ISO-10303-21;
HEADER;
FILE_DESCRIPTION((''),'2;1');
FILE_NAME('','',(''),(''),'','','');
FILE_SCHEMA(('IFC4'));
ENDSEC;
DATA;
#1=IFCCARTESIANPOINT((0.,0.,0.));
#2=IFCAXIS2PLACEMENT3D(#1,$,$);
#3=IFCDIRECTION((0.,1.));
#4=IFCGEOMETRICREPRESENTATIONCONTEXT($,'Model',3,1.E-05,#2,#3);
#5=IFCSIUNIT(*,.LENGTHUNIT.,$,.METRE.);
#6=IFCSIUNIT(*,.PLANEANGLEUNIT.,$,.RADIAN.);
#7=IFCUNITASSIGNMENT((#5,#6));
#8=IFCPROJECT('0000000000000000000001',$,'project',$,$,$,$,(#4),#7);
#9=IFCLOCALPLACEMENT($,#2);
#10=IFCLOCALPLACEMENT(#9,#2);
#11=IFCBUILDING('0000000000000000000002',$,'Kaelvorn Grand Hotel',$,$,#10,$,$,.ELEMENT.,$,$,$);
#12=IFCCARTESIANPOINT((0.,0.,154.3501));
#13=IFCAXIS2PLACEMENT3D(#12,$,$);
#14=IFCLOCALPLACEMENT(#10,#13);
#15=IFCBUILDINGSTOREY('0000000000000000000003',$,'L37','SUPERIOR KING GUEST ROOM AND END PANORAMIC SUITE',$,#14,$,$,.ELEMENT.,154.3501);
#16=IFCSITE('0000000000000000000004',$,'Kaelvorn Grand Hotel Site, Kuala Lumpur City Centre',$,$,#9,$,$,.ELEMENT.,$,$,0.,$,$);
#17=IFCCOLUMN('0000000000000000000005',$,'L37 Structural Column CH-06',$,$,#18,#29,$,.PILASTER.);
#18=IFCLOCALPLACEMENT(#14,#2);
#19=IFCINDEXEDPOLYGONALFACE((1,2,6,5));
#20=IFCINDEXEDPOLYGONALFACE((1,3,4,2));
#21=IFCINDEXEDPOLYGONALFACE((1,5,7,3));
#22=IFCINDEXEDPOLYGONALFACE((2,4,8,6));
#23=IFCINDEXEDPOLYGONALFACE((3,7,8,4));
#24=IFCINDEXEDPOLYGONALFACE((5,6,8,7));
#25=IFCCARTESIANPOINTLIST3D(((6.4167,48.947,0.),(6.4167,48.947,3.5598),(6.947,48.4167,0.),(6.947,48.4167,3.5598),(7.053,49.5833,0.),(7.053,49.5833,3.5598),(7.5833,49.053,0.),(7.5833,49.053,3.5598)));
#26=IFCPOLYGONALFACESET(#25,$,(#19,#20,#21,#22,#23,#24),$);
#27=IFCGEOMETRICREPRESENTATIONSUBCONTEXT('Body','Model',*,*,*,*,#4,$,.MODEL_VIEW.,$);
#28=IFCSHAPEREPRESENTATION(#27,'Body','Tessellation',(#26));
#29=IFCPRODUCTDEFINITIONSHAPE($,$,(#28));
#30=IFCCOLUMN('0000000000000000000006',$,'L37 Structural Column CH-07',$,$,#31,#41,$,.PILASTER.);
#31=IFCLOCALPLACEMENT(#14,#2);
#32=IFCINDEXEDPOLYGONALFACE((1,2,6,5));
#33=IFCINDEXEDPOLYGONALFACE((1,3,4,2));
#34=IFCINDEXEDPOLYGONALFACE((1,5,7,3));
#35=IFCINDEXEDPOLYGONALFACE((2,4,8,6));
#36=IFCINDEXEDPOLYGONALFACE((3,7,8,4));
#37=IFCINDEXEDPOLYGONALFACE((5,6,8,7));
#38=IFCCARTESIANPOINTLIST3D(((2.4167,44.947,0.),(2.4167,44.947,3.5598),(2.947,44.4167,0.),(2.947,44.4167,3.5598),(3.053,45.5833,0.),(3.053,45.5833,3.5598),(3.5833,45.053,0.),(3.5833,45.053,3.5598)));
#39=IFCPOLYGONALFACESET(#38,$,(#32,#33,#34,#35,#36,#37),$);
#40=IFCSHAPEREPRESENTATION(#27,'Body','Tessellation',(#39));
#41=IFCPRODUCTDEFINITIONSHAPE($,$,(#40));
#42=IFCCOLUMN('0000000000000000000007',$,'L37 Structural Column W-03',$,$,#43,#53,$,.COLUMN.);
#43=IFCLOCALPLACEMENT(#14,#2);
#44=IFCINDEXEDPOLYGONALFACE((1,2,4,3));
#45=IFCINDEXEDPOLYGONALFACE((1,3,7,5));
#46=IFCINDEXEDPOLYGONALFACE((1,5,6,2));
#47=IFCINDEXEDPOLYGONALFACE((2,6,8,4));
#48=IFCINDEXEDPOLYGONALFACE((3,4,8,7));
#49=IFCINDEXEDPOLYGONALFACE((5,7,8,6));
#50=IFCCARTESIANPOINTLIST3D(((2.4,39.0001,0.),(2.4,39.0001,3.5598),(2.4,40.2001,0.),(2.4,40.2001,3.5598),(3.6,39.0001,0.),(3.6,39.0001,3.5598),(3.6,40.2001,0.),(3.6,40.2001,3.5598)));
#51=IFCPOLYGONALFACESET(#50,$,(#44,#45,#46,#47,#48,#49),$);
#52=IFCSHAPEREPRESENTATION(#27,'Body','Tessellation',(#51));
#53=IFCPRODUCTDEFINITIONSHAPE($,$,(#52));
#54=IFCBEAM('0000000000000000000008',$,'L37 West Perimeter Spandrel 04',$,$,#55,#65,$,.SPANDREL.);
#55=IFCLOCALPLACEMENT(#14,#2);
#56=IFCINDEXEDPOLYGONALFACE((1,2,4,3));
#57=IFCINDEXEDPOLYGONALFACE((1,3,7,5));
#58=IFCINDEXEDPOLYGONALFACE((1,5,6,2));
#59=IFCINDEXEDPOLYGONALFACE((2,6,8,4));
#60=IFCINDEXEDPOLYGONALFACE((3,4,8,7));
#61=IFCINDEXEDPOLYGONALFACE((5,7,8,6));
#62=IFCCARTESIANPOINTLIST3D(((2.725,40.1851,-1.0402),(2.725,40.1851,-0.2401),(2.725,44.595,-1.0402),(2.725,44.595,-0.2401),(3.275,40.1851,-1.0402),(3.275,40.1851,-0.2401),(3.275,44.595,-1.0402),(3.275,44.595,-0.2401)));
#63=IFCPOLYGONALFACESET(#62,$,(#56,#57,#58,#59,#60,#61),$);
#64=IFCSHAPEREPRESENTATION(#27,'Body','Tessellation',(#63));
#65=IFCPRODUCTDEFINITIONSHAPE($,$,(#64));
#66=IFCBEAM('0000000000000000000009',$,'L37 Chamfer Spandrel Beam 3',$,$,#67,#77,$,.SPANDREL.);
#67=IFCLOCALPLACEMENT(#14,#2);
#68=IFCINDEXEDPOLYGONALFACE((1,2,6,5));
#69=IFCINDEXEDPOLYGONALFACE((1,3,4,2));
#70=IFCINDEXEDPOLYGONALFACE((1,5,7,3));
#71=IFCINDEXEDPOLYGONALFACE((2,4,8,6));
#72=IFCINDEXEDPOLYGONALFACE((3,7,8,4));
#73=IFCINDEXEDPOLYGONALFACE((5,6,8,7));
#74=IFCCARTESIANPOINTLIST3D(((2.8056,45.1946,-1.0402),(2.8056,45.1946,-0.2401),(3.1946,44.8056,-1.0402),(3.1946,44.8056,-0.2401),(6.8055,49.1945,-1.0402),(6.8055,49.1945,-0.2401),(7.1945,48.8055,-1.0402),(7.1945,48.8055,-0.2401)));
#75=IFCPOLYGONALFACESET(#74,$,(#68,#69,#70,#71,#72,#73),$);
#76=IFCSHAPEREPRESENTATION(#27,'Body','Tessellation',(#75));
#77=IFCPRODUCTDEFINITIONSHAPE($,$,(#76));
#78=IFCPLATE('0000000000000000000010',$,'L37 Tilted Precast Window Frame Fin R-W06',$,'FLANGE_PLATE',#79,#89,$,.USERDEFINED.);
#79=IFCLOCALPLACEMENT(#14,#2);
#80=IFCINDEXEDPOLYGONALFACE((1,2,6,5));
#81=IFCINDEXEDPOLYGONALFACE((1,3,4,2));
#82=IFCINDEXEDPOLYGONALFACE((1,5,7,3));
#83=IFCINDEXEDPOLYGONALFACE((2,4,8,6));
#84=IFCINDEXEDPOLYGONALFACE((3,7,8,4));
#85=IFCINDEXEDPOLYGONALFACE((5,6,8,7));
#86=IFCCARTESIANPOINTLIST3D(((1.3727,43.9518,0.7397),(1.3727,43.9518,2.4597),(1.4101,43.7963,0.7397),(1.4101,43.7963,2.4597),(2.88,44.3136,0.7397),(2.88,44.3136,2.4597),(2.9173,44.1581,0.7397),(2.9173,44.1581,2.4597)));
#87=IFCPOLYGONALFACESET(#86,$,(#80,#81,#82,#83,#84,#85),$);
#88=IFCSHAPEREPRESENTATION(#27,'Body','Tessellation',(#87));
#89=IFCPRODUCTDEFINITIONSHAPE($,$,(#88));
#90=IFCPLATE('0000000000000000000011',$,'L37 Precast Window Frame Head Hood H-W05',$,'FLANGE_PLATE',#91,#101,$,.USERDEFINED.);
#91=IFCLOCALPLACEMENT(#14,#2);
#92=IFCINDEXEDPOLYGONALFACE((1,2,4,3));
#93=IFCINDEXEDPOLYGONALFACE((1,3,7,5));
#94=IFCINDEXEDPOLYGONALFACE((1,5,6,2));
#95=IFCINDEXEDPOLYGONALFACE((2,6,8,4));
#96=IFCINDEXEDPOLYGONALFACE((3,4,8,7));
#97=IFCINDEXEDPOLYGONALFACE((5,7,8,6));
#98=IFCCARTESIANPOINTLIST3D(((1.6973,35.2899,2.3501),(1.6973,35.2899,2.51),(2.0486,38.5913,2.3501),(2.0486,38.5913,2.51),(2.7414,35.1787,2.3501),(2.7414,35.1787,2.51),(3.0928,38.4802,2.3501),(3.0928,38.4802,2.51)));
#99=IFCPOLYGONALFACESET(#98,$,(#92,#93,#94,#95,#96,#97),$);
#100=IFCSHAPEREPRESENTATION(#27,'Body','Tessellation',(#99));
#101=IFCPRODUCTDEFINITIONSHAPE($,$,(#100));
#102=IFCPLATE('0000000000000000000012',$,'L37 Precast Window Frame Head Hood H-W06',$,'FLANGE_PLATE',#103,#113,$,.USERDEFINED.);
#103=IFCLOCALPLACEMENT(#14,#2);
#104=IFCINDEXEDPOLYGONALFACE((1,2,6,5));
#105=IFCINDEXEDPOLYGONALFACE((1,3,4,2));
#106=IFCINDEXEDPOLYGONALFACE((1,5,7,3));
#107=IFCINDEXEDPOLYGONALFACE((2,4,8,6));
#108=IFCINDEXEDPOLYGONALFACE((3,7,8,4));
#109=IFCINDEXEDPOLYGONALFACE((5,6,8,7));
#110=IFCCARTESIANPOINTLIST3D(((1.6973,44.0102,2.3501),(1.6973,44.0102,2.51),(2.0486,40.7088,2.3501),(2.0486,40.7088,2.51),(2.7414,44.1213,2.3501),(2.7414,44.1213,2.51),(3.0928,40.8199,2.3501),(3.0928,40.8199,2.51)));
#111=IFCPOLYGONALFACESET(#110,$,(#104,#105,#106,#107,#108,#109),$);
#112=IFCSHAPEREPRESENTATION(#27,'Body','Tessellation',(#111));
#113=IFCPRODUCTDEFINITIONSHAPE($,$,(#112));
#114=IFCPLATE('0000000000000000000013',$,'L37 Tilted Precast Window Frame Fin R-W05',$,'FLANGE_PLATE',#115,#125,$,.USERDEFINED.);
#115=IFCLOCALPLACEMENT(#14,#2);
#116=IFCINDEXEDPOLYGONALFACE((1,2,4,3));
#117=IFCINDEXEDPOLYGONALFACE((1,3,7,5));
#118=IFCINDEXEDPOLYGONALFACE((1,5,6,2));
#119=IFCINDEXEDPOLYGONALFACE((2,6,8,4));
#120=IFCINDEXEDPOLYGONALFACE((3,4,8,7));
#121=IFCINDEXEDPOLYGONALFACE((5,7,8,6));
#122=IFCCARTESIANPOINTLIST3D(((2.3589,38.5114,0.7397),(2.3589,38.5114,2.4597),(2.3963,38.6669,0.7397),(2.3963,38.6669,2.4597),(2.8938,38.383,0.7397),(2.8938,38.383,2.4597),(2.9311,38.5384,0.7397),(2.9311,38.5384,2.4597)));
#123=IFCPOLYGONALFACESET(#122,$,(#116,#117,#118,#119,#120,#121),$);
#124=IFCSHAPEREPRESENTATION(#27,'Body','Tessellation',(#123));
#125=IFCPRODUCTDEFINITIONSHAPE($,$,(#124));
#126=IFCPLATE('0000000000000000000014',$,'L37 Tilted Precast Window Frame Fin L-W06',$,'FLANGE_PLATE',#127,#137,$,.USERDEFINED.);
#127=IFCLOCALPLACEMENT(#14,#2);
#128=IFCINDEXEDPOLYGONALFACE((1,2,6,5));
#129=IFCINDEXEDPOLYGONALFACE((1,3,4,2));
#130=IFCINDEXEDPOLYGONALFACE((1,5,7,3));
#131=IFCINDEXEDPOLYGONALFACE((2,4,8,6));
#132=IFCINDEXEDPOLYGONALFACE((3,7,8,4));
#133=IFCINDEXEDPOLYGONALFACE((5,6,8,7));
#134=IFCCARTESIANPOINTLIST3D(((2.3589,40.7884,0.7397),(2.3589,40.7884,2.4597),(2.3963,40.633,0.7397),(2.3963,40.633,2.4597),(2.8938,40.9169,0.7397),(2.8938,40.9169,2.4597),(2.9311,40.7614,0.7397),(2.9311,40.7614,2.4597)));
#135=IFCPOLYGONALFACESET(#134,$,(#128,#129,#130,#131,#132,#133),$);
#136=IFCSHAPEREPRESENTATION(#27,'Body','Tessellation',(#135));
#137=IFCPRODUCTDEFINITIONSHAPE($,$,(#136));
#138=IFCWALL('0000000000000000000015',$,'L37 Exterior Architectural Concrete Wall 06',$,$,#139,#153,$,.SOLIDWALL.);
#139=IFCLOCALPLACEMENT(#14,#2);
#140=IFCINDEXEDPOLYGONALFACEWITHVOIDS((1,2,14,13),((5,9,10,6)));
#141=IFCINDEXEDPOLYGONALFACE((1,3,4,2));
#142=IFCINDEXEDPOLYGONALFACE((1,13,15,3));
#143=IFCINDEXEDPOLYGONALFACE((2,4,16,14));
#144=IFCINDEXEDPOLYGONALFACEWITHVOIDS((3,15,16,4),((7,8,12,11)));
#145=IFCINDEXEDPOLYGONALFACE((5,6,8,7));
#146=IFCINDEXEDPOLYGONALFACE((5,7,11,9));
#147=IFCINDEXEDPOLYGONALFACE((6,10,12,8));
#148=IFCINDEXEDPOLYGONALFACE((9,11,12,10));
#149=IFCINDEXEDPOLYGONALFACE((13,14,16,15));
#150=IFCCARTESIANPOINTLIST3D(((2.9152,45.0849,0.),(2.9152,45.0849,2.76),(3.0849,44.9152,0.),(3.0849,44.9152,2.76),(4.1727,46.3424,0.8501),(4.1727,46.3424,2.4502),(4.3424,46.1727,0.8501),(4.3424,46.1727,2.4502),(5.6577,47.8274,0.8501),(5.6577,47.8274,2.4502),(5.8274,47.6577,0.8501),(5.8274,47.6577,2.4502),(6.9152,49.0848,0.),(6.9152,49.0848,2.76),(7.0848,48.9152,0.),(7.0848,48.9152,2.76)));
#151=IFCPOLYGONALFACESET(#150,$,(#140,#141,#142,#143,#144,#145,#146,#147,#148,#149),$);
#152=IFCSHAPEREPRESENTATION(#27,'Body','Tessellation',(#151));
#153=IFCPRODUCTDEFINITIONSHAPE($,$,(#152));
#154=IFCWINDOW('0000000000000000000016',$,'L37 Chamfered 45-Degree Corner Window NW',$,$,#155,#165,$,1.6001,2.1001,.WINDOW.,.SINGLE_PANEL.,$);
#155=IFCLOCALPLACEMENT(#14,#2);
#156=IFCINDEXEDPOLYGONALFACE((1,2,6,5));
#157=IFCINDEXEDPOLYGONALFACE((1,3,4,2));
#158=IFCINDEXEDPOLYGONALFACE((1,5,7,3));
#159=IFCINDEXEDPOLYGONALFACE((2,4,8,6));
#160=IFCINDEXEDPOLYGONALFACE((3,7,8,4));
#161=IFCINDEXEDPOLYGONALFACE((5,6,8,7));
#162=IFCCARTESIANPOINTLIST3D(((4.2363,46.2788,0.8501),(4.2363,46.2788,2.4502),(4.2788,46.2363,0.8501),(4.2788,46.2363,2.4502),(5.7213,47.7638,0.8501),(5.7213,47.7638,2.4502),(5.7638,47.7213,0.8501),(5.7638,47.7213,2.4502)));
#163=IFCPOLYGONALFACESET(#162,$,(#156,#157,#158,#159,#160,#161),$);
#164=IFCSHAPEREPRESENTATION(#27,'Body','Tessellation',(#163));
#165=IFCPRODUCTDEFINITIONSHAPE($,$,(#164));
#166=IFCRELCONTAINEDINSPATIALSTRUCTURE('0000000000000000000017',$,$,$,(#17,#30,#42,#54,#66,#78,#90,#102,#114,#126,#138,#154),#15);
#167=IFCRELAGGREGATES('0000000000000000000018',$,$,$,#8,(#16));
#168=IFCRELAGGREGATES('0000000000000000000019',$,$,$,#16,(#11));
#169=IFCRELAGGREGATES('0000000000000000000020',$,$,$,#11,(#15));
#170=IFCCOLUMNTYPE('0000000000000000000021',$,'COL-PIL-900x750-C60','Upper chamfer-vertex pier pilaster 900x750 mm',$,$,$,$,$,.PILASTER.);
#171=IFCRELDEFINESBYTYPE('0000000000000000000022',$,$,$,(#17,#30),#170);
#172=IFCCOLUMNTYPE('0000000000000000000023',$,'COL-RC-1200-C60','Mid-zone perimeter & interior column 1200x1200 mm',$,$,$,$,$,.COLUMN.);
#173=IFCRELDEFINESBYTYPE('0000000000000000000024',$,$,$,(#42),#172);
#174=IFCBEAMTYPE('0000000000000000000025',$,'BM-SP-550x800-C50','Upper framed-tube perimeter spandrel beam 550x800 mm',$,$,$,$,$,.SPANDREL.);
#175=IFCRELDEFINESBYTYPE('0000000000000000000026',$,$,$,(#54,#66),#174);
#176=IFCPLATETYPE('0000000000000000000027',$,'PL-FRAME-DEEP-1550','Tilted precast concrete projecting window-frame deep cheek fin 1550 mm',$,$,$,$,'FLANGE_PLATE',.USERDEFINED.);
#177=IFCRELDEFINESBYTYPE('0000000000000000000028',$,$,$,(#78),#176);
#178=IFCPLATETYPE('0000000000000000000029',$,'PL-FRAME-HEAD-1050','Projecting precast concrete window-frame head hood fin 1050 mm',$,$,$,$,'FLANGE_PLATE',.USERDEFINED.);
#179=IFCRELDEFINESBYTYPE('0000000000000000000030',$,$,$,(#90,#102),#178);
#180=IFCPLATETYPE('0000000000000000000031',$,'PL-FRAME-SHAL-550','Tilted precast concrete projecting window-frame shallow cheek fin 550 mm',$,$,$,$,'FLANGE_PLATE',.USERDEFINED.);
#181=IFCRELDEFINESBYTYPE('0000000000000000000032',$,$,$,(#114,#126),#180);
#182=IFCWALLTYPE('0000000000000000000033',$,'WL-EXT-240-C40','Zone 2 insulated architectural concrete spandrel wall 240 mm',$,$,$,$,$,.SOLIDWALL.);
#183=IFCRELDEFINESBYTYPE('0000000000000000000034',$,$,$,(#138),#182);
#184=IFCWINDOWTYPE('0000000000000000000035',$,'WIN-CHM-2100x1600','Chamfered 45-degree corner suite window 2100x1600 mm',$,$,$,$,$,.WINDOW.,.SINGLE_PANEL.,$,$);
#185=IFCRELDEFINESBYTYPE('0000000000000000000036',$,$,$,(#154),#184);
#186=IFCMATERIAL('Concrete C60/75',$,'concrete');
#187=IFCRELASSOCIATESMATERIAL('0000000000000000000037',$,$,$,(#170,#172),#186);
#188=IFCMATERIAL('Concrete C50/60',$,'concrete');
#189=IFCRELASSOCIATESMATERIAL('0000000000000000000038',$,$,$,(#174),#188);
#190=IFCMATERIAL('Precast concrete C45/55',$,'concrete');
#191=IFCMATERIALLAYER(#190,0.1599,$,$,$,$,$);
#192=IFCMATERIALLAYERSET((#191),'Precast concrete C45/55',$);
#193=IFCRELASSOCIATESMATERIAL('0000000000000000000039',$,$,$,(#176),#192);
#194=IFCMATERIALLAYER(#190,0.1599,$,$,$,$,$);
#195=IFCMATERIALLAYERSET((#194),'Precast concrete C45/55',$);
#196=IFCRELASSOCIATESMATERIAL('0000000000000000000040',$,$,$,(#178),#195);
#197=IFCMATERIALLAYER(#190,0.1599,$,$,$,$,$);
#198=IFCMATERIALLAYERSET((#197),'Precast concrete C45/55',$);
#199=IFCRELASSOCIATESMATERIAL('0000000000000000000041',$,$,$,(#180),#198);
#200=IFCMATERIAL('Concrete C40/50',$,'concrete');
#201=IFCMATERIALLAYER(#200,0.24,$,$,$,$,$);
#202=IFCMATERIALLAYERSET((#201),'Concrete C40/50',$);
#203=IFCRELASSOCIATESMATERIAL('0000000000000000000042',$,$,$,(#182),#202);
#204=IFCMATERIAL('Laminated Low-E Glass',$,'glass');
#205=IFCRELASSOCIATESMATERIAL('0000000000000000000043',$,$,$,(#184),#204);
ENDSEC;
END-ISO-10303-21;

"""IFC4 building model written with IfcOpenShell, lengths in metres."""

from ifc_helpers import new_model, si_unit, direction, frame, frame_2d, origin, origin_2d, place, context, subcontext, project, spatial, rectangle, extrude, material, layer, layer_set, material_profile, profile_set, type_object, element, fill, save


model = new_model("IFC4")

# Units and contexts
model_context = context("Model", 3, precision=1e-05, world=origin(), true_north=direction((0.0, 1.0)))
body_context = subcontext(model_context, "Body", "Model", "MODEL_VIEW")
ifc_project = project(units=[si_unit("LENGTHUNIT", "METRE"), si_unit("PLANEANGLEUNIT", "RADIAN")], contexts=[model_context])

# Site, building, storey
site_placement = place(None, origin())
site = spatial("IfcSite", under=ifc_project, at=site_placement, Name="Kaelvorn Grand Hotel Site, Kuala Lumpur City Centre", CompositionType="ELEMENT", RefElevation=0.0)
building_placement = place(site_placement, origin())
building = spatial("IfcBuilding", under=site, at=building_placement, Name="Kaelvorn Grand Hotel", CompositionType="ELEMENT")
storey_placement = place(building_placement, frame((0.0, 0.0, 154.3501)))
storey = spatial("IfcBuildingStorey", under=building, at=storey_placement, Name="L37", Description="SUPERIOR KING GUEST ROOM AND END PANORAMIC SUITE", CompositionType="ELEMENT", Elevation=154.3501)

# Columns
ifc_material_1 = material(Name="Concrete C60/75", Category="concrete")
ifc_material_profile_1 = material_profile(ifc_material_1, rectangle(XDim=0.8999, YDim=0.75, at=origin_2d()), Name="RC PILASTER 900x750")
ifc_profile_set_1 = profile_set([ifc_material_profile_1], Name="Concrete C60/75")
column_type_1 = type_object("IfcColumnType", Name="COL-PIL-900x750-C60", Description="Upper chamfer-vertex pier pilaster 900x750 mm", PredefinedType="PILASTER", material=ifc_profile_set_1)
for number, where, z_axis, x_axis, name in (
    (1, (7.0, 49.0, 0.0), (0.0, 0.0, 1.0), (0.707107, 0.707107, 0.0), "L37 Structural Column CH-06"),
    (2, (3.0, 45.0, 0.0), (0.0, 0.0, 1.0), (0.707107, 0.707107, 0.0), "L37 Structural Column CH-07"),
):
    element("IfcColumn", number, at=place(storey_placement, frame(where, z_axis=z_axis, x_axis=x_axis)), inside=storey, type_object=column_type_1, Name=name, PredefinedType="PILASTER", context=body_context, shape_type="SweptSolid", body=[
        extrude(rectangle(XDim=0.8999, YDim=0.75, at=origin_2d()), origin(), (0.0, 0.0, 1.0), 3.5598),
    ])
ifc_material_profile_2 = material_profile(ifc_material_1, rectangle(XDim=1.2, YDim=1.2, at=origin_2d()), Name="RC COL 1200x1200")
ifc_profile_set_2 = profile_set([ifc_material_profile_2], Name="Concrete C60/75")
column_type_2 = type_object("IfcColumnType", Name="COL-RC-1200-C60", Description="Mid-zone perimeter & interior column 1200x1200 mm", PredefinedType="COLUMN", material=ifc_profile_set_2)
column_placement = place(storey_placement, frame((3.0, 39.6001, 0.0), z_axis=(0.0, 0.0, 1.0), x_axis=(1.0, 0.0, 0.0)))
element("IfcColumn", 3, at=column_placement, inside=storey, type_object=column_type_2, Name="L37 Structural Column W-03", PredefinedType="COLUMN", context=body_context, shape_type="SweptSolid", body=[
    extrude(rectangle(XDim=1.2, YDim=1.2, at=origin_2d()), origin(), (0.0, 0.0, 1.0), 3.5598),
])

# Beams
ifc_material_2 = material(Name="Concrete C50/60", Category="concrete")
ifc_material_profile_3 = material_profile(ifc_material_2, rectangle(XDim=0.55, YDim=0.8, at=origin_2d()), Name="RC SPANDREL 550x800")
ifc_profile_set_3 = profile_set([ifc_material_profile_3], Name="Concrete C50/60")
beam_type = type_object("IfcBeamType", Name="BM-SP-550x800-C50", Description="Upper framed-tube perimeter spandrel beam 550x800 mm", PredefinedType="SPANDREL", material=ifc_profile_set_3)
beam_1_placement = place(storey_placement, frame((3.0, 40.1851, -0.6401), z_axis=(0.0, 1.0, 0.0), x_axis=(-1.0, 0.0, 0.0)))
element("IfcBeam", 4, at=beam_1_placement, inside=storey, type_object=beam_type, Name="L37 West Perimeter Spandrel 04", PredefinedType="SPANDREL", context=body_context, shape_type="SweptSolid", body=[
    extrude(rectangle(XDim=0.55, YDim=0.8, at=origin_2d()), origin(), (0.0, 0.0, 1.0), 4.4099),
])
beam_2_placement = place(storey_placement, frame((7.0, 49.0, -0.6401), z_axis=(-0.707107, -0.707107, 0.0), x_axis=(0.707107, -0.707107, 0.0)))
element("IfcBeam", 5, at=beam_2_placement, inside=storey, type_object=beam_type, Name="L37 Chamfer Spandrel Beam 3", PredefinedType="SPANDREL", context=body_context, shape_type="SweptSolid", body=[
    extrude(rectangle(XDim=0.55, YDim=0.8, at=origin_2d()), origin(), (0.0, 0.0, 1.0), 5.6567),
])

# Plates
ifc_material_3 = material(Name="Precast concrete C45/55", Category="concrete")
ifc_layer_1 = layer(ifc_material_3, 0.1599)
ifc_layer_set_1 = layer_set([ifc_layer_1], Name="Precast concrete C45/55")
plate_type_1 = type_object("IfcPlateType", Name="PL-FRAME-DEEP-1550", Description="Tilted precast concrete projecting window-frame deep cheek fin 1550 mm", ElementType="FLANGE_PLATE", PredefinedType="USERDEFINED", material=ifc_layer_set_1)
plate_placement = place(storey_placement, frame((2.145, 44.0549, 0.7397), z_axis=(0.0, 0.0, 1.0), x_axis=(-0.233445, 0.97237, 0.0)))
element("IfcPlate", 6, at=plate_placement, inside=storey, type_object=plate_type_1, Name="L37 Tilted Precast Window Frame Fin R-W06", ObjectType="FLANGE_PLATE", PredefinedType="USERDEFINED", context=body_context, shape_type="SweptSolid", body=[
    extrude(rectangle(XDim=0.1599, YDim=1.55, at=origin_2d()), origin(), (0.0, 0.0, 1.0), 1.72),
])
ifc_layer_2 = layer(ifc_material_3, 0.1599)
ifc_layer_set_2 = layer_set([ifc_layer_2], Name="Precast concrete C45/55")
plate_type_2 = type_object("IfcPlateType", Name="PL-FRAME-HEAD-1050", Description="Projecting precast concrete window-frame head hood fin 1050 mm", ElementType="FLANGE_PLATE", PredefinedType="USERDEFINED", material=ifc_layer_set_2)
for number, where, z_axis, x_axis, name in (
    (7, (2.395, 36.885, 2.3501), (0.0, 0.0, 1.0), (0.10583, 0.994384, 0.0), "L37 Precast Window Frame Head Hood H-W05"),
    (8, (2.395, 42.415, 2.3501), (0.0, 0.0, 1.0), (-0.10583, 0.994384, 0.0), "L37 Precast Window Frame Head Hood H-W06"),
):
    element("IfcPlate", number, at=place(storey_placement, frame(where, z_axis=z_axis, x_axis=x_axis)), inside=storey, type_object=plate_type_2, Name=name, ObjectType="FLANGE_PLATE", PredefinedType="USERDEFINED", context=body_context, shape_type="SweptSolid", body=[
        extrude(rectangle(XDim=3.3201, YDim=1.05, at=origin_2d()), origin(), (0.0, 0.0, 1.0), 0.1599),
    ])
ifc_layer_3 = layer(ifc_material_3, 0.1599)
ifc_layer_set_3 = layer_set([ifc_layer_3], Name="Precast concrete C45/55")
plate_type_3 = type_object("IfcPlateType", Name="PL-FRAME-SHAL-550", Description="Tilted precast concrete projecting window-frame shallow cheek fin 550 mm", ElementType="FLANGE_PLATE", PredefinedType="USERDEFINED", material=ifc_layer_set_3)
for number, where, z_axis, x_axis, name in (
    (9, (2.645, 38.5249, 0.7397), (0.0, 0.0, 1.0), (0.233445, 0.97237, 0.0), "L37 Tilted Precast Window Frame Fin R-W05"),
    (10, (2.645, 40.7749, 0.7397), (0.0, 0.0, 1.0), (-0.233445, 0.97237, 0.0), "L37 Tilted Precast Window Frame Fin L-W06"),
):
    element("IfcPlate", number, at=place(storey_placement, frame(where, z_axis=z_axis, x_axis=x_axis)), inside=storey, type_object=plate_type_3, Name=name, ObjectType="FLANGE_PLATE", PredefinedType="USERDEFINED", context=body_context, shape_type="SweptSolid", body=[
        extrude(rectangle(XDim=0.1599, YDim=0.55, at=origin_2d()), origin(), (0.0, 0.0, 1.0), 1.72),
    ])

# Wall, opening, window
ifc_material_4 = material(Name="Concrete C40/50", Category="concrete")
ifc_layer_4 = layer(ifc_material_4, 0.24)
ifc_layer_set_4 = layer_set([ifc_layer_4], Name="Concrete C40/50")
wall_type = type_object("IfcWallType", Name="WL-EXT-240-C40", Description="Zone 2 insulated architectural concrete spandrel wall 240 mm", PredefinedType="SOLIDWALL", material=ifc_layer_set_4)
wall_1_placement = place(storey_placement, frame((7.0, 49.0, 0.0), z_axis=(0.0, 0.0, 1.0), x_axis=(-0.707107, -0.707107, 0.0)))
wall_1 = element("IfcWall", 11, at=wall_1_placement, inside=storey, type_object=wall_type, Name="L37 Exterior Architectural Concrete Wall 06", PredefinedType="SOLIDWALL", context=body_context, shape_type="SweptSolid", body=[
    extrude(rectangle(XDim=5.6567, YDim=0.24, at=frame_2d((2.8284, 0.0))), origin(), (0.0, 0.0, 1.0), 2.76),
])
opening_1_placement = place(wall_1_placement, frame((1.7783, 0.0, 0.8501)))
opening_1 = element("IfcOpeningElement", 12, at=opening_1_placement, cuts=wall_1, PredefinedType="OPENING", context=body_context, shape_type="SweptSolid", body=[
    extrude(rectangle(XDim=2.1001, YDim=1.6001, at=frame_2d((1.05, 0.8))), frame((0.0, 0.1299, 0.0), z_axis=(0.0, -1.0, 0.0), x_axis=(1.0, 0.0, 0.0)), (0.0, 0.0, 1.0), 0.26),
])
ifc_material_5 = material(Name="Laminated Low-E Glass", Category="glass")
window_type_1 = type_object("IfcWindowType", Name="WIN-CHM-2100x1600", Description="Chamfered 45-degree corner suite window 2100x1600 mm", PartitioningType="SINGLE_PANEL", PredefinedType="WINDOW", material=ifc_material_5)
window_1_placement = place(opening_1_placement, origin())
window_1 = element("IfcWindow", 13, at=window_1_placement, inside=storey, type_object=window_type_1, Name="L37 Chamfered 45-Degree Corner Window NW", OverallHeight=1.6001, OverallWidth=2.1001, PartitioningType="SINGLE_PANEL", PredefinedType="WINDOW", context=body_context, shape_type="SweptSolid", body=[
    extrude(rectangle(XDim=2.1001, YDim=1.6001, at=frame_2d((1.05, 0.8))), frame((0.0, 0.03, 0.0), z_axis=(0.0, -1.0, 0.0), x_axis=(1.0, 0.0, 0.0)), (0.0, 0.0, 1.0), 0.0601),
])
fill(opening_1, window_1)

save(model, "model.ifc")
